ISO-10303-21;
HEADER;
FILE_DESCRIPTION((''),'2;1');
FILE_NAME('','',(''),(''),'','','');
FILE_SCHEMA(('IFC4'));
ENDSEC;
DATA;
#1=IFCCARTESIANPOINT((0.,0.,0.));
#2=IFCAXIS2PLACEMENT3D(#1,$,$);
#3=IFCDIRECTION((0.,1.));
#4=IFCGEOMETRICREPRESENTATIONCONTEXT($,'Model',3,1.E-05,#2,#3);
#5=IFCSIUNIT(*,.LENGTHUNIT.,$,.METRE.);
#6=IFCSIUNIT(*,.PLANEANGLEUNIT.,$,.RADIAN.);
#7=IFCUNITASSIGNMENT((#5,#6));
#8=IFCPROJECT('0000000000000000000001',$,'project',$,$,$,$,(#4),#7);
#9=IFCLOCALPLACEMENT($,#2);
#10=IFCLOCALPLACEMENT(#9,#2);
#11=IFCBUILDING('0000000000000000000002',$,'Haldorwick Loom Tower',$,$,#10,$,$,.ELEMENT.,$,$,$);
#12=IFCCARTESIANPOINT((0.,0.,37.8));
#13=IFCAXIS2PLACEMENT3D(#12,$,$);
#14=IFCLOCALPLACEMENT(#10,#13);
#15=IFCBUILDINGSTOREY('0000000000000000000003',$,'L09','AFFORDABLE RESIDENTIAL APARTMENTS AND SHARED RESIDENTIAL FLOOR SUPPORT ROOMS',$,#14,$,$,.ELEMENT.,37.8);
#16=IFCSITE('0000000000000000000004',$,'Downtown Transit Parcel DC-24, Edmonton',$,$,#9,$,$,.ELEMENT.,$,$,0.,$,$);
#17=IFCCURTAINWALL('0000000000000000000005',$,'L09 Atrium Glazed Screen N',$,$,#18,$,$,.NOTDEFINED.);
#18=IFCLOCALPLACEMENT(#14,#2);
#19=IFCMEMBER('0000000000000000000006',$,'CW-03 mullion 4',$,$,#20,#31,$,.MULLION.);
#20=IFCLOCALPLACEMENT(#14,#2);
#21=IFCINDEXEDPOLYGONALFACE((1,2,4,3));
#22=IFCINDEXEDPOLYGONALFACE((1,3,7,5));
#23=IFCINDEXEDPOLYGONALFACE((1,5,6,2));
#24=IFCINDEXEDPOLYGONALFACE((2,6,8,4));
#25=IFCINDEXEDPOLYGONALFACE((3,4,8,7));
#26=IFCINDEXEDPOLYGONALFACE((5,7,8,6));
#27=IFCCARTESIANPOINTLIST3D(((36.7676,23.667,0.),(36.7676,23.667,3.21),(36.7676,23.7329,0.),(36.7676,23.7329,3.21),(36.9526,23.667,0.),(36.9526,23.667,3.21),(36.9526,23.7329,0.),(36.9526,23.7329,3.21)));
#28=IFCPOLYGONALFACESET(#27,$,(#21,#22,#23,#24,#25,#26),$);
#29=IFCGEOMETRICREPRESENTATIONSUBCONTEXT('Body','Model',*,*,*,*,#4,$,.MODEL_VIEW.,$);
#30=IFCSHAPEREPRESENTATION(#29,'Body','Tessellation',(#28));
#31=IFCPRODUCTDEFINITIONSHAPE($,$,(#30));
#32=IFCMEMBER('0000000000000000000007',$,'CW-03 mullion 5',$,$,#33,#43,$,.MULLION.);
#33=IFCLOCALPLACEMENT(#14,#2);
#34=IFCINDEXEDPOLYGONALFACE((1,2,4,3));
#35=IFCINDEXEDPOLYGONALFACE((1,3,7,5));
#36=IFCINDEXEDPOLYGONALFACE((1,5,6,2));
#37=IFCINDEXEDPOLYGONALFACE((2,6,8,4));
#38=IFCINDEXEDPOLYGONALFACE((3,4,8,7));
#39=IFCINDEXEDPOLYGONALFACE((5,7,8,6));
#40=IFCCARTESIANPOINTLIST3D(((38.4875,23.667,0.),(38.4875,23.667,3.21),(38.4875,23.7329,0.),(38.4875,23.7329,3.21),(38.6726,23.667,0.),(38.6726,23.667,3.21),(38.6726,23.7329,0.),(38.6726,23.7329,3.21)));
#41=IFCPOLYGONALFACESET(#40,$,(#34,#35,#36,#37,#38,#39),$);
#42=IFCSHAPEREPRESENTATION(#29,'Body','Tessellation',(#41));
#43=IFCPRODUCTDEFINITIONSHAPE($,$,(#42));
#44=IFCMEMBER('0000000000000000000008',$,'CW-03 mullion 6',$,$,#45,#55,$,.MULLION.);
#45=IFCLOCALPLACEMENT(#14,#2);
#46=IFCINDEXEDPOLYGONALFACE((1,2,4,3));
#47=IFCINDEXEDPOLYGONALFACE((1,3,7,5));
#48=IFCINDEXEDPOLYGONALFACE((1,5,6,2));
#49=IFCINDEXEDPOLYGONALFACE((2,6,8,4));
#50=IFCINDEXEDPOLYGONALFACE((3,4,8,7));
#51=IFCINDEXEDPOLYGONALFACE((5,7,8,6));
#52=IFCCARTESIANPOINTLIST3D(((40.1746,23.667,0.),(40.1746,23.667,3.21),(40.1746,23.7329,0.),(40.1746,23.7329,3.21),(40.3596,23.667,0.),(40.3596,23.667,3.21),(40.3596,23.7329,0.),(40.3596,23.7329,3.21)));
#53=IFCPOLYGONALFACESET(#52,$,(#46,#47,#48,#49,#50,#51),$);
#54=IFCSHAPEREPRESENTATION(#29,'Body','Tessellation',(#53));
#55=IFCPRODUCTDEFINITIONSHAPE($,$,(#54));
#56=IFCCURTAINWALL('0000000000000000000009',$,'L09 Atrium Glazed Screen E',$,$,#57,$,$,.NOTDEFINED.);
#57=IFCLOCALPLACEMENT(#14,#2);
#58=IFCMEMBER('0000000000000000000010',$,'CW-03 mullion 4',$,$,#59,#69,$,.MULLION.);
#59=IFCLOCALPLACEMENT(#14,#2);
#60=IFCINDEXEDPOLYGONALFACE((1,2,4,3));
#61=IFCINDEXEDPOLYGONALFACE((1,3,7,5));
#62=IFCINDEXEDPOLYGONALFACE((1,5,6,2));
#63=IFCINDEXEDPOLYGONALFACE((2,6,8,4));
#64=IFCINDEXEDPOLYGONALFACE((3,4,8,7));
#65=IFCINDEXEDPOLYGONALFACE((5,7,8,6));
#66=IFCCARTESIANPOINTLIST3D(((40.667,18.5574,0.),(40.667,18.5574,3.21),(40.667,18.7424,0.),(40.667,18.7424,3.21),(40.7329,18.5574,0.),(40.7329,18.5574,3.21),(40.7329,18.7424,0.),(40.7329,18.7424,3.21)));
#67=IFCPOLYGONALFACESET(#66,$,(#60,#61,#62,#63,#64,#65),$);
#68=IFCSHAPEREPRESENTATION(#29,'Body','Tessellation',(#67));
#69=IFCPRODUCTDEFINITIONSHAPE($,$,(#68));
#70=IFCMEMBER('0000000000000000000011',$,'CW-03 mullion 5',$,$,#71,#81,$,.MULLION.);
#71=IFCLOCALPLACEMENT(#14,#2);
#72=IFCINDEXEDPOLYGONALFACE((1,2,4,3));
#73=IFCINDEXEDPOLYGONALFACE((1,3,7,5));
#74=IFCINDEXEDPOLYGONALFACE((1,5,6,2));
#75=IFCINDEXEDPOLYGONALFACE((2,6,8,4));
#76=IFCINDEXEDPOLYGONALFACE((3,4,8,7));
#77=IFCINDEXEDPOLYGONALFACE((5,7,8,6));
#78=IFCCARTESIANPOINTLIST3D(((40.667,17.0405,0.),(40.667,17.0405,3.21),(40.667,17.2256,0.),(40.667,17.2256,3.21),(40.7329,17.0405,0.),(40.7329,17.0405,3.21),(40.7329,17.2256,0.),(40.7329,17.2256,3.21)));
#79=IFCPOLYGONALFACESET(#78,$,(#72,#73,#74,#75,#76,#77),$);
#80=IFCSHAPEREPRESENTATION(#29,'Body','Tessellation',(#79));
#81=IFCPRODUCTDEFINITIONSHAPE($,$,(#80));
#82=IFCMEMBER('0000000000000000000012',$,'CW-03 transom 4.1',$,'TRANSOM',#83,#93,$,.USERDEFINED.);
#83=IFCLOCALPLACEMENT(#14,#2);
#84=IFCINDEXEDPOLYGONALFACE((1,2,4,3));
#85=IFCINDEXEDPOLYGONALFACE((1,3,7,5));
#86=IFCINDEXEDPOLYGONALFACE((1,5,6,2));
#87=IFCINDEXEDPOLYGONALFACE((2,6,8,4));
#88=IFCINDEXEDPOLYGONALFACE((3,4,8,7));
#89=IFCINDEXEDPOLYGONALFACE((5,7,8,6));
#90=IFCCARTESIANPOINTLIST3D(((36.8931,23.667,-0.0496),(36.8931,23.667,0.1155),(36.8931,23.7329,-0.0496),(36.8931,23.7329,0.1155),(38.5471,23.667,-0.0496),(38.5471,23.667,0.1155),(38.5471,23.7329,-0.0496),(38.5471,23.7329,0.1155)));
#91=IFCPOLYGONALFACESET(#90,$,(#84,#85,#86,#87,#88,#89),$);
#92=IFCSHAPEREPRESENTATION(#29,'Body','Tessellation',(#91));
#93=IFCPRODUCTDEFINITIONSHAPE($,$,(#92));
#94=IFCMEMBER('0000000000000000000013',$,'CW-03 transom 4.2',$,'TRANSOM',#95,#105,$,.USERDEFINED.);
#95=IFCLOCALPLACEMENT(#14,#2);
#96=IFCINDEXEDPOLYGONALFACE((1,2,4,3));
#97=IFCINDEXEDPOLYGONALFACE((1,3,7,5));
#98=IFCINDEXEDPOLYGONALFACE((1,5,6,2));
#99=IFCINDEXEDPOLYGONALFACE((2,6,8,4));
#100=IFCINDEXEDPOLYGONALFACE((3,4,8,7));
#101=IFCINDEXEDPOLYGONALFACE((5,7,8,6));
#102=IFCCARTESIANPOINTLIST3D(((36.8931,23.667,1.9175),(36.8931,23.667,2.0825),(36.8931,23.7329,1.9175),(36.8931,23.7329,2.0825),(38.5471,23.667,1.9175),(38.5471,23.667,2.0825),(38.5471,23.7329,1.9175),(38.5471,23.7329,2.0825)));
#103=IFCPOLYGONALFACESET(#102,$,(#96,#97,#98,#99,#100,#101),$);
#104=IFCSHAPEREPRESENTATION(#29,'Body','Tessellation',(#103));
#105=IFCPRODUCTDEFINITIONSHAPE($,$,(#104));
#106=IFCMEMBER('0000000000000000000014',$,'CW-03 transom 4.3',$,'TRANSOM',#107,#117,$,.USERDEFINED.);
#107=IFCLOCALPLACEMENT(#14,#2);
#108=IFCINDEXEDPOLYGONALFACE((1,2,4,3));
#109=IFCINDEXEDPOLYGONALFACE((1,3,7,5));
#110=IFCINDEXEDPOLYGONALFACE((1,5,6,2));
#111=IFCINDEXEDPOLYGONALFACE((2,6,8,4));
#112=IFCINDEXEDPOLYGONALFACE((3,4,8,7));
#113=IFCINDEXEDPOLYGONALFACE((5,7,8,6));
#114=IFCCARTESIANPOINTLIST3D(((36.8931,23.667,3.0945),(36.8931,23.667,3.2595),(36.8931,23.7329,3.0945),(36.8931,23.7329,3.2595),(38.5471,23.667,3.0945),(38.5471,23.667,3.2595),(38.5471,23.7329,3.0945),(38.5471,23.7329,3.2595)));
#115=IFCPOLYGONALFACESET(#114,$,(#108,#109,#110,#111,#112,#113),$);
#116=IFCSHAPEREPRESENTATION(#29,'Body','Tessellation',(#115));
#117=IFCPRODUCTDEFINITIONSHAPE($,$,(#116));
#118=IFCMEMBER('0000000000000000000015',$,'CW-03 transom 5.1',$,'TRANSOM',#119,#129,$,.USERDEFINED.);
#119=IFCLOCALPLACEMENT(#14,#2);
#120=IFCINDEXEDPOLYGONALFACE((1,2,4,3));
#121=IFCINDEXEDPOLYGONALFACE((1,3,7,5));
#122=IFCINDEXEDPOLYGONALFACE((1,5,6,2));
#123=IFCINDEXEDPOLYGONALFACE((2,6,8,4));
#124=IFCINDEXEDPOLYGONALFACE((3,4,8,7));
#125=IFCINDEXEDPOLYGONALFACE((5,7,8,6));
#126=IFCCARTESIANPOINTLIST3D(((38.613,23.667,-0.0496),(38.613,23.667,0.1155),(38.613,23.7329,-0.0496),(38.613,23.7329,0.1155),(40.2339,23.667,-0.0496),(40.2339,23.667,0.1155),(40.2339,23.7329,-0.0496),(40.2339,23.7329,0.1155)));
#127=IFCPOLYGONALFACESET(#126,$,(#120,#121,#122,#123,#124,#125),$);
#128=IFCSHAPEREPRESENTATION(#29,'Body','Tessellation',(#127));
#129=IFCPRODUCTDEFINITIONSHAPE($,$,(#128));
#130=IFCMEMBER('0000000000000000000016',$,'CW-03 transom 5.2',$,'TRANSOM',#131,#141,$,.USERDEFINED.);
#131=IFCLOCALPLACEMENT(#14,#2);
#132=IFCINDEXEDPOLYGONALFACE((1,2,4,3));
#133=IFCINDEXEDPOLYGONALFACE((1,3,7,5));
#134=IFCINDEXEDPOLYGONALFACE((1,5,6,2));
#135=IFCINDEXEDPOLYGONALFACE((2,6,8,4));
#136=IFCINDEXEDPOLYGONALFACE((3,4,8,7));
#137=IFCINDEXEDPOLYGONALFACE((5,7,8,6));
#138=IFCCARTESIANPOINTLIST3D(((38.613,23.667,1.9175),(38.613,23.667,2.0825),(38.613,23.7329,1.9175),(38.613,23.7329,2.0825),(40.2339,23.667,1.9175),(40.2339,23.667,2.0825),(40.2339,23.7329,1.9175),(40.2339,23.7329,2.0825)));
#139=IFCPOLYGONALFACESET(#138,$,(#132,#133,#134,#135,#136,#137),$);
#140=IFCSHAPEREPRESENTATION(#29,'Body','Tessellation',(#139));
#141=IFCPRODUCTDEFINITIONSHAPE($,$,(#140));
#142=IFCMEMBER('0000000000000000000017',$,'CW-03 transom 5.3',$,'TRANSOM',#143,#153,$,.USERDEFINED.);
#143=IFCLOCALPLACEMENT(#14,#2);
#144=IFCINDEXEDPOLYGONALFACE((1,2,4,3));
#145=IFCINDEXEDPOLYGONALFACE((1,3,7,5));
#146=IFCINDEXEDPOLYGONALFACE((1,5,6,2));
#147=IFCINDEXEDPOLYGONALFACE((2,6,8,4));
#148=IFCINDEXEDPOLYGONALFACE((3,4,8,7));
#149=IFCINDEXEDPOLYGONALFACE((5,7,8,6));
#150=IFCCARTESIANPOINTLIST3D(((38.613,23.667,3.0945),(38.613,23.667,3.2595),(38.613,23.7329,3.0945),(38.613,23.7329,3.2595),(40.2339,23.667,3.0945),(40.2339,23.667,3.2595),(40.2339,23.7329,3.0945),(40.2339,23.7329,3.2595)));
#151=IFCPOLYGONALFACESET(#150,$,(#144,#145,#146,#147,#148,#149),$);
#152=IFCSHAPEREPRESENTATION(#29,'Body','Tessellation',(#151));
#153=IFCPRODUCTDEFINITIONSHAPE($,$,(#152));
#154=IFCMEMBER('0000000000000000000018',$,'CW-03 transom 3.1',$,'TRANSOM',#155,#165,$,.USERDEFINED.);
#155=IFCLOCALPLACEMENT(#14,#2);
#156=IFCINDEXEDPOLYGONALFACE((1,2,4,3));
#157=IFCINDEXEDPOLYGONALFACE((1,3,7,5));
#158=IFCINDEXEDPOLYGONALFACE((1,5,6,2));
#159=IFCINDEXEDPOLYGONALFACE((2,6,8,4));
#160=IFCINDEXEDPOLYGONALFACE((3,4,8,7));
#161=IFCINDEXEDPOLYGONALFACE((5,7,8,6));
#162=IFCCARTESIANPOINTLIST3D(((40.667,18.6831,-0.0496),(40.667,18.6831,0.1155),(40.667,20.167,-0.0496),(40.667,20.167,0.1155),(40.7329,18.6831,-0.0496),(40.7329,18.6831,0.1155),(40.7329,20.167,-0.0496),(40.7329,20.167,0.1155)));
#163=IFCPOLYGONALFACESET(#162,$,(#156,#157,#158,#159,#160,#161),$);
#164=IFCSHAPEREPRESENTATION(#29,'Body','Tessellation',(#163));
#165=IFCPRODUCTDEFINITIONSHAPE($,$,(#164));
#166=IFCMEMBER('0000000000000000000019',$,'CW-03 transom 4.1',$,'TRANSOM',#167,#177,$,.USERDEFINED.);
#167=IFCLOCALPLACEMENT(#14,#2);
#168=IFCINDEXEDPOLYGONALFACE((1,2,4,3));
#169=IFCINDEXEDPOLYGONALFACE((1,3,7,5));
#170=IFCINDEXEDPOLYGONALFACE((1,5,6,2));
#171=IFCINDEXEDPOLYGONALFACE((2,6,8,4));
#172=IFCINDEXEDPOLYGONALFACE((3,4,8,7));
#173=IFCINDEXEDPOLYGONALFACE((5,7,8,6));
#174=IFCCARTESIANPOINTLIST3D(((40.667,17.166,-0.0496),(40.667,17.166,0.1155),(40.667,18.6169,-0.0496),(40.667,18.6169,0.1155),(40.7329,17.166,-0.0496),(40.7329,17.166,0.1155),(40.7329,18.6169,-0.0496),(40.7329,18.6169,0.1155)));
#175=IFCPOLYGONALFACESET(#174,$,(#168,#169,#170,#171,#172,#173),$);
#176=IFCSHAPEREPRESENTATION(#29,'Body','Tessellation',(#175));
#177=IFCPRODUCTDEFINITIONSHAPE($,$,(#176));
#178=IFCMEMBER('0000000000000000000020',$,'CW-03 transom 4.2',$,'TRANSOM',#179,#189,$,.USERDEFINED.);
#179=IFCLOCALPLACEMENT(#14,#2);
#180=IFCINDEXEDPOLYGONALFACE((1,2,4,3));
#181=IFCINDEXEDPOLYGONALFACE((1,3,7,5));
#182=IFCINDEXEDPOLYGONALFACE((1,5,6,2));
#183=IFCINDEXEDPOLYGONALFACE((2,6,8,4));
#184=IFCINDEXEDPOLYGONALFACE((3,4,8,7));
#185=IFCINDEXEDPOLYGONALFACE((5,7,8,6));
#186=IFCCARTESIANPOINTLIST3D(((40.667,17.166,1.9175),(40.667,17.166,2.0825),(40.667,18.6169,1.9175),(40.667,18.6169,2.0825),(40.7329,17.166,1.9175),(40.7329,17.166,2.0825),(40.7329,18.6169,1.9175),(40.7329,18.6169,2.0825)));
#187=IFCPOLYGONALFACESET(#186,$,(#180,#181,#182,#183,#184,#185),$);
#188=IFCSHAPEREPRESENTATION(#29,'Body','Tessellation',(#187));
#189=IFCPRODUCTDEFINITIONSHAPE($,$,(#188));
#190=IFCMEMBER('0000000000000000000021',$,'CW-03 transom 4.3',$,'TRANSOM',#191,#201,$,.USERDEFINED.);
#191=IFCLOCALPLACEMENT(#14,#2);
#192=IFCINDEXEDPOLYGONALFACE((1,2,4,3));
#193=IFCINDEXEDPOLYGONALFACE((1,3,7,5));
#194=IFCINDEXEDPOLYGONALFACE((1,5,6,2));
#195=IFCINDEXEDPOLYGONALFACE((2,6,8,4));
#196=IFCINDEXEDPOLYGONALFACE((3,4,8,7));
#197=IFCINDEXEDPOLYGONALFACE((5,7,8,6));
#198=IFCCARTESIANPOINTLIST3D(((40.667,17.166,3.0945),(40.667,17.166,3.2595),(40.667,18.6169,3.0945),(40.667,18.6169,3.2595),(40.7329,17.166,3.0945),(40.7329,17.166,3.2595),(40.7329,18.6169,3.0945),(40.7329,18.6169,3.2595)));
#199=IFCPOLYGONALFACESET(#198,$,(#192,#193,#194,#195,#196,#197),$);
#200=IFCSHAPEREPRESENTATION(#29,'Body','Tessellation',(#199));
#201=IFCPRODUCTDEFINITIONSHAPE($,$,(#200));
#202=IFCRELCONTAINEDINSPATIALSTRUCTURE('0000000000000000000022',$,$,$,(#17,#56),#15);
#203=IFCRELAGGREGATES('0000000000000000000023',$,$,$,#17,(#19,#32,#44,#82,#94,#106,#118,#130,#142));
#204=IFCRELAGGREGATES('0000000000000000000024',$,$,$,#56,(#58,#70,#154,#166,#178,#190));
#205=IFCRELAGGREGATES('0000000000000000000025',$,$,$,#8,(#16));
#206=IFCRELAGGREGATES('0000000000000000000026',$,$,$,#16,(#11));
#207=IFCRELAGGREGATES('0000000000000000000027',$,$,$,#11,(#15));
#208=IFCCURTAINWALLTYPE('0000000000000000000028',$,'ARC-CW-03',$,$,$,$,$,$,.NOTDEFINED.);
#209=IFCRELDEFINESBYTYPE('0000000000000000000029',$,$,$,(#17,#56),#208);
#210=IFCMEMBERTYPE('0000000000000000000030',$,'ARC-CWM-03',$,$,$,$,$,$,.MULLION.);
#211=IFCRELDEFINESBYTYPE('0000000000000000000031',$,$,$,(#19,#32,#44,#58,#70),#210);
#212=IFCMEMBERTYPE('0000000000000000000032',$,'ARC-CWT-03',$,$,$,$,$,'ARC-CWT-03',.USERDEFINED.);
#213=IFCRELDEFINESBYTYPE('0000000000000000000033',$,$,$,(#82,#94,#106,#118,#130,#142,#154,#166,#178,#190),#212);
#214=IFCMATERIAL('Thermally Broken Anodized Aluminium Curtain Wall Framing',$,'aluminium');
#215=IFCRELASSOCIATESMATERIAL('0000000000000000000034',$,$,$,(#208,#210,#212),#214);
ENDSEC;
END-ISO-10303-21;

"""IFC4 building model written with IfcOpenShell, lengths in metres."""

from ifc_helpers import new_model, si_unit, direction, frame, origin, origin_2d, place, context, subcontext, project, spatial, rectangle, extrude, material, material_profile, profile_set, type_object, element, aggregate, save


model = new_model("IFC4")

# Units and contexts
model_context = context("Model", 3, precision=1e-05, world=origin(), true_north=direction((0.0, 1.0)))
body_context = subcontext(model_context, "Body", "Model", "MODEL_VIEW")
ifc_project = project(units=[si_unit("LENGTHUNIT", "METRE"), si_unit("PLANEANGLEUNIT", "RADIAN")], contexts=[model_context])

# Site, building, storey
site_placement = place(None, origin())
site = spatial("IfcSite", under=ifc_project, at=site_placement, Name="Downtown Transit Parcel DC-24, Edmonton", CompositionType="ELEMENT", RefElevation=0.0)
building_placement = place(site_placement, origin())
building = spatial("IfcBuilding", under=site, at=building_placement, Name="Haldorwick Loom Tower", CompositionType="ELEMENT")
storey_placement = place(building_placement, frame((0.0, 0.0, 37.8)))
storey = spatial("IfcBuildingStorey", under=building, at=storey_placement, Name="L09", Description="AFFORDABLE RESIDENTIAL APARTMENTS AND SHARED RESIDENTIAL FLOOR SUPPORT ROOMS", CompositionType="ELEMENT", Elevation=37.8)

# Curtain walls, members
ifc_material_1 = material(Name="Thermally Broken Anodized Aluminium Curtain Wall Framing", Category="aluminium")
curtain_wall_type = type_object("IfcCurtainWallType", Name="ARC-CW-03", PredefinedType="NOTDEFINED", material=ifc_material_1)
curtain_wall_1_placement = place(storey_placement, origin())
curtain_wall_1 = element("IfcCurtainWall", 1, at=curtain_wall_1_placement, inside=storey, type_object=curtain_wall_type, Name="L09 Atrium Glazed Screen N", PredefinedType="NOTDEFINED")
ifc_material_profile_1 = material_profile(ifc_material_1, rectangle(XDim=0.0659, YDim=0.1851, at=origin_2d()), Name="ALU_MUL_66X185", Category="aluminium")
ifc_profile_set_1 = profile_set([ifc_material_profile_1], Name="Thermally Broken Anodized Aluminium Curtain Wall Framing")
member_type_1 = type_object("IfcMemberType", Name="ARC-CWM-03", PredefinedType="MULLION", material=ifc_profile_set_1)
member_1_placement = place(storey_placement, frame((36.8601, 23.7, 0.0), z_axis=(0.0, 0.0, 1.0), x_axis=(0.0, 1.0, 0.0)))
member_1 = element("IfcMember", 2, at=member_1_placement, type_object=member_type_1, Name="CW-03 mullion 4", PredefinedType="MULLION", context=body_context, shape_type="SweptSolid", body=[
    extrude(rectangle(XDim=0.0659, YDim=0.1851, at=origin_2d()), origin(), (0.0, 0.0, 1.0), 3.21),
])
member_2_placement = place(storey_placement, frame((38.5801, 23.7, 0.0), z_axis=(0.0, 0.0, 1.0), x_axis=(0.0, 1.0, 0.0)))
member_2 = element("IfcMember", 3, at=member_2_placement, type_object=member_type_1, Name="CW-03 mullion 5", PredefinedType="MULLION", context=body_context, shape_type="SweptSolid", body=[
    extrude(rectangle(XDim=0.0659, YDim=0.1851, at=origin_2d()), origin(), (0.0, 0.0, 1.0), 3.21),
])
member_3_placement = place(storey_placement, frame((40.2671, 23.7, 0.0), z_axis=(0.0, 0.0, 1.0), x_axis=(0.0, 1.0, 0.0)))
member_3 = element("IfcMember", 4, at=member_3_placement, type_object=member_type_1, Name="CW-03 mullion 6", PredefinedType="MULLION", context=body_context, shape_type="SweptSolid", body=[
    extrude(rectangle(XDim=0.0659, YDim=0.1851, at=origin_2d()), origin(), (0.0, 0.0, 1.0), 3.21),
])
curtain_wall_2_placement = place(storey_placement, origin())
curtain_wall_2 = element("IfcCurtainWall", 5, at=curtain_wall_2_placement, inside=storey, type_object=curtain_wall_type, Name="L09 Atrium Glazed Screen E", PredefinedType="NOTDEFINED")
member_4_placement = place(storey_placement, frame((40.7, 18.6499, 0.0), z_axis=(0.0, 0.0, 1.0), x_axis=(1.0, 0.0, 0.0)))
member_4 = element("IfcMember", 6, at=member_4_placement, type_object=member_type_1, Name="CW-03 mullion 4", PredefinedType="MULLION", context=body_context, shape_type="SweptSolid", body=[
    extrude(rectangle(XDim=0.0659, YDim=0.1851, at=origin_2d()), origin(), (0.0, 0.0, 1.0), 3.21),
])
member_5_placement = place(storey_placement, frame((40.7, 17.1331, 0.0), z_axis=(0.0, 0.0, 1.0), x_axis=(1.0, 0.0, 0.0)))
member_5 = element("IfcMember", 7, at=member_5_placement, type_object=member_type_1, Name="CW-03 mullion 5", PredefinedType="MULLION", context=body_context, shape_type="SweptSolid", body=[
    extrude(rectangle(XDim=0.0659, YDim=0.1851, at=origin_2d()), origin(), (0.0, 0.0, 1.0), 3.21),
])

# Members
ifc_material_profile_2 = material_profile(ifc_material_1, rectangle(XDim=0.0659, YDim=0.165, at=origin_2d()), Name="ALU_TRN_66X165", Category="aluminium")
ifc_profile_set_2 = profile_set([ifc_material_profile_2], Name="Thermally Broken Anodized Aluminium Curtain Wall Framing")
member_type_2 = type_object("IfcMemberType", Name="ARC-CWT-03", ElementType="ARC-CWT-03", PredefinedType="USERDEFINED", material=ifc_profile_set_2)
member_6_placement = place(storey_placement, frame((36.8931, 23.7, 0.033), z_axis=(1.0, 0.0, 0.0), x_axis=(0.0, 1.0, 0.0)))
member_6 = element("IfcMember", 8, at=member_6_placement, type_object=member_type_2, Name="CW-03 transom 4.1", ObjectType="TRANSOM", PredefinedType="USERDEFINED", context=body_context, shape_type="SweptSolid", body=[
    extrude(rectangle(XDim=0.0659, YDim=0.165, at=origin_2d()), origin(), (0.0, 0.0, 1.0), 1.6541),
])
member_7_placement = place(storey_placement, frame((36.8931, 23.7, 2.0), z_axis=(1.0, 0.0, 0.0), x_axis=(0.0, 1.0, 0.0)))
member_7 = element("IfcMember", 9, at=member_7_placement, type_object=member_type_2, Name="CW-03 transom 4.2", ObjectType="TRANSOM", PredefinedType="USERDEFINED", context=body_context, shape_type="SweptSolid", body=[
    extrude(rectangle(XDim=0.0659, YDim=0.165, at=origin_2d()), origin(), (0.0, 0.0, 1.0), 1.6541),
])
member_8_placement = place(storey_placement, frame((36.8931, 23.7, 3.177), z_axis=(1.0, 0.0, 0.0), x_axis=(0.0, 1.0, 0.0)))
member_8 = element("IfcMember", 10, at=member_8_placement, type_object=member_type_2, Name="CW-03 transom 4.3", ObjectType="TRANSOM", PredefinedType="USERDEFINED", context=body_context, shape_type="SweptSolid", body=[
    extrude(rectangle(XDim=0.0659, YDim=0.165, at=origin_2d()), origin(), (0.0, 0.0, 1.0), 1.6541),
])
member_9_placement = place(storey_placement, frame((38.613, 23.7, 0.033), z_axis=(1.0, 0.0, 0.0), x_axis=(0.0, 1.0, 0.0)))
member_9 = element("IfcMember", 11, at=member_9_placement, type_object=member_type_2, Name="CW-03 transom 5.1", ObjectType="TRANSOM", PredefinedType="USERDEFINED", context=body_context, shape_type="SweptSolid", body=[
    extrude(rectangle(XDim=0.0659, YDim=0.165, at=origin_2d()), origin(), (0.0, 0.0, 1.0), 1.6208),
])
member_10_placement = place(storey_placement, frame((38.613, 23.7, 2.0), z_axis=(1.0, 0.0, 0.0), x_axis=(0.0, 1.0, 0.0)))
member_10 = element("IfcMember", 12, at=member_10_placement, type_object=member_type_2, Name="CW-03 transom 5.2", ObjectType="TRANSOM", PredefinedType="USERDEFINED", context=body_context, shape_type="SweptSolid", body=[
    extrude(rectangle(XDim=0.0659, YDim=0.165, at=origin_2d()), origin(), (0.0, 0.0, 1.0), 1.6208),
])
member_11_placement = place(storey_placement, frame((38.613, 23.7, 3.177), z_axis=(1.0, 0.0, 0.0), x_axis=(0.0, 1.0, 0.0)))
member_11 = element("IfcMember", 13, at=member_11_placement, type_object=member_type_2, Name="CW-03 transom 5.3", ObjectType="TRANSOM", PredefinedType="USERDEFINED", context=body_context, shape_type="SweptSolid", body=[
    extrude(rectangle(XDim=0.0659, YDim=0.165, at=origin_2d()), origin(), (0.0, 0.0, 1.0), 1.6208),
])
member_12_placement = place(storey_placement, frame((40.7, 20.167, 0.033), z_axis=(0.0, -1.0, 0.0), x_axis=(1.0, 0.0, 0.0)))
member_12 = element("IfcMember", 14, at=member_12_placement, type_object=member_type_2, Name="CW-03 transom 3.1", ObjectType="TRANSOM", PredefinedType="USERDEFINED", context=body_context, shape_type="SweptSolid", body=[
    extrude(rectangle(XDim=0.0659, YDim=0.165, at=origin_2d()), origin(), (0.0, 0.0, 1.0), 1.4839),
])
member_13_placement = place(storey_placement, frame((40.7, 18.6169, 0.033), z_axis=(0.0, -1.0, 0.0), x_axis=(1.0, 0.0, 0.0)))
member_13 = element("IfcMember", 15, at=member_13_placement, type_object=member_type_2, Name="CW-03 transom 4.1", ObjectType="TRANSOM", PredefinedType="USERDEFINED", context=body_context, shape_type="SweptSolid", body=[
    extrude(rectangle(XDim=0.0659, YDim=0.165, at=origin_2d()), origin(), (0.0, 0.0, 1.0), 1.4509),
])
member_14_placement = place(storey_placement, frame((40.7, 18.6169, 2.0), z_axis=(0.0, -1.0, 0.0), x_axis=(1.0, 0.0, 0.0)))
member_14 = element("IfcMember", 16, at=member_14_placement, type_object=member_type_2, Name="CW-03 transom 4.2", ObjectType="TRANSOM", PredefinedType="USERDEFINED", context=body_context, shape_type="SweptSolid", body=[
    extrude(rectangle(XDim=0.0659, YDim=0.165, at=origin_2d()), origin(), (0.0, 0.0, 1.0), 1.4509),
])
member_15_placement = place(storey_placement, frame((40.7, 18.6169, 3.177), z_axis=(0.0, -1.0, 0.0), x_axis=(1.0, 0.0, 0.0)))
member_15 = element("IfcMember", 17, at=member_15_placement, type_object=member_type_2, Name="CW-03 transom 4.3", ObjectType="TRANSOM", PredefinedType="USERDEFINED", context=body_context, shape_type="SweptSolid", body=[
    extrude(rectangle(XDim=0.0659, YDim=0.165, at=origin_2d()), origin(), (0.0, 0.0, 1.0), 1.4509),
])

aggregate(curtain_wall_1, [member_1, member_2, member_3, member_6, member_7, member_8, member_9, member_10, member_11])
aggregate(curtain_wall_2, [member_4, member_5, member_12, member_13, member_14, member_15])

save(model, "model.ifc")
